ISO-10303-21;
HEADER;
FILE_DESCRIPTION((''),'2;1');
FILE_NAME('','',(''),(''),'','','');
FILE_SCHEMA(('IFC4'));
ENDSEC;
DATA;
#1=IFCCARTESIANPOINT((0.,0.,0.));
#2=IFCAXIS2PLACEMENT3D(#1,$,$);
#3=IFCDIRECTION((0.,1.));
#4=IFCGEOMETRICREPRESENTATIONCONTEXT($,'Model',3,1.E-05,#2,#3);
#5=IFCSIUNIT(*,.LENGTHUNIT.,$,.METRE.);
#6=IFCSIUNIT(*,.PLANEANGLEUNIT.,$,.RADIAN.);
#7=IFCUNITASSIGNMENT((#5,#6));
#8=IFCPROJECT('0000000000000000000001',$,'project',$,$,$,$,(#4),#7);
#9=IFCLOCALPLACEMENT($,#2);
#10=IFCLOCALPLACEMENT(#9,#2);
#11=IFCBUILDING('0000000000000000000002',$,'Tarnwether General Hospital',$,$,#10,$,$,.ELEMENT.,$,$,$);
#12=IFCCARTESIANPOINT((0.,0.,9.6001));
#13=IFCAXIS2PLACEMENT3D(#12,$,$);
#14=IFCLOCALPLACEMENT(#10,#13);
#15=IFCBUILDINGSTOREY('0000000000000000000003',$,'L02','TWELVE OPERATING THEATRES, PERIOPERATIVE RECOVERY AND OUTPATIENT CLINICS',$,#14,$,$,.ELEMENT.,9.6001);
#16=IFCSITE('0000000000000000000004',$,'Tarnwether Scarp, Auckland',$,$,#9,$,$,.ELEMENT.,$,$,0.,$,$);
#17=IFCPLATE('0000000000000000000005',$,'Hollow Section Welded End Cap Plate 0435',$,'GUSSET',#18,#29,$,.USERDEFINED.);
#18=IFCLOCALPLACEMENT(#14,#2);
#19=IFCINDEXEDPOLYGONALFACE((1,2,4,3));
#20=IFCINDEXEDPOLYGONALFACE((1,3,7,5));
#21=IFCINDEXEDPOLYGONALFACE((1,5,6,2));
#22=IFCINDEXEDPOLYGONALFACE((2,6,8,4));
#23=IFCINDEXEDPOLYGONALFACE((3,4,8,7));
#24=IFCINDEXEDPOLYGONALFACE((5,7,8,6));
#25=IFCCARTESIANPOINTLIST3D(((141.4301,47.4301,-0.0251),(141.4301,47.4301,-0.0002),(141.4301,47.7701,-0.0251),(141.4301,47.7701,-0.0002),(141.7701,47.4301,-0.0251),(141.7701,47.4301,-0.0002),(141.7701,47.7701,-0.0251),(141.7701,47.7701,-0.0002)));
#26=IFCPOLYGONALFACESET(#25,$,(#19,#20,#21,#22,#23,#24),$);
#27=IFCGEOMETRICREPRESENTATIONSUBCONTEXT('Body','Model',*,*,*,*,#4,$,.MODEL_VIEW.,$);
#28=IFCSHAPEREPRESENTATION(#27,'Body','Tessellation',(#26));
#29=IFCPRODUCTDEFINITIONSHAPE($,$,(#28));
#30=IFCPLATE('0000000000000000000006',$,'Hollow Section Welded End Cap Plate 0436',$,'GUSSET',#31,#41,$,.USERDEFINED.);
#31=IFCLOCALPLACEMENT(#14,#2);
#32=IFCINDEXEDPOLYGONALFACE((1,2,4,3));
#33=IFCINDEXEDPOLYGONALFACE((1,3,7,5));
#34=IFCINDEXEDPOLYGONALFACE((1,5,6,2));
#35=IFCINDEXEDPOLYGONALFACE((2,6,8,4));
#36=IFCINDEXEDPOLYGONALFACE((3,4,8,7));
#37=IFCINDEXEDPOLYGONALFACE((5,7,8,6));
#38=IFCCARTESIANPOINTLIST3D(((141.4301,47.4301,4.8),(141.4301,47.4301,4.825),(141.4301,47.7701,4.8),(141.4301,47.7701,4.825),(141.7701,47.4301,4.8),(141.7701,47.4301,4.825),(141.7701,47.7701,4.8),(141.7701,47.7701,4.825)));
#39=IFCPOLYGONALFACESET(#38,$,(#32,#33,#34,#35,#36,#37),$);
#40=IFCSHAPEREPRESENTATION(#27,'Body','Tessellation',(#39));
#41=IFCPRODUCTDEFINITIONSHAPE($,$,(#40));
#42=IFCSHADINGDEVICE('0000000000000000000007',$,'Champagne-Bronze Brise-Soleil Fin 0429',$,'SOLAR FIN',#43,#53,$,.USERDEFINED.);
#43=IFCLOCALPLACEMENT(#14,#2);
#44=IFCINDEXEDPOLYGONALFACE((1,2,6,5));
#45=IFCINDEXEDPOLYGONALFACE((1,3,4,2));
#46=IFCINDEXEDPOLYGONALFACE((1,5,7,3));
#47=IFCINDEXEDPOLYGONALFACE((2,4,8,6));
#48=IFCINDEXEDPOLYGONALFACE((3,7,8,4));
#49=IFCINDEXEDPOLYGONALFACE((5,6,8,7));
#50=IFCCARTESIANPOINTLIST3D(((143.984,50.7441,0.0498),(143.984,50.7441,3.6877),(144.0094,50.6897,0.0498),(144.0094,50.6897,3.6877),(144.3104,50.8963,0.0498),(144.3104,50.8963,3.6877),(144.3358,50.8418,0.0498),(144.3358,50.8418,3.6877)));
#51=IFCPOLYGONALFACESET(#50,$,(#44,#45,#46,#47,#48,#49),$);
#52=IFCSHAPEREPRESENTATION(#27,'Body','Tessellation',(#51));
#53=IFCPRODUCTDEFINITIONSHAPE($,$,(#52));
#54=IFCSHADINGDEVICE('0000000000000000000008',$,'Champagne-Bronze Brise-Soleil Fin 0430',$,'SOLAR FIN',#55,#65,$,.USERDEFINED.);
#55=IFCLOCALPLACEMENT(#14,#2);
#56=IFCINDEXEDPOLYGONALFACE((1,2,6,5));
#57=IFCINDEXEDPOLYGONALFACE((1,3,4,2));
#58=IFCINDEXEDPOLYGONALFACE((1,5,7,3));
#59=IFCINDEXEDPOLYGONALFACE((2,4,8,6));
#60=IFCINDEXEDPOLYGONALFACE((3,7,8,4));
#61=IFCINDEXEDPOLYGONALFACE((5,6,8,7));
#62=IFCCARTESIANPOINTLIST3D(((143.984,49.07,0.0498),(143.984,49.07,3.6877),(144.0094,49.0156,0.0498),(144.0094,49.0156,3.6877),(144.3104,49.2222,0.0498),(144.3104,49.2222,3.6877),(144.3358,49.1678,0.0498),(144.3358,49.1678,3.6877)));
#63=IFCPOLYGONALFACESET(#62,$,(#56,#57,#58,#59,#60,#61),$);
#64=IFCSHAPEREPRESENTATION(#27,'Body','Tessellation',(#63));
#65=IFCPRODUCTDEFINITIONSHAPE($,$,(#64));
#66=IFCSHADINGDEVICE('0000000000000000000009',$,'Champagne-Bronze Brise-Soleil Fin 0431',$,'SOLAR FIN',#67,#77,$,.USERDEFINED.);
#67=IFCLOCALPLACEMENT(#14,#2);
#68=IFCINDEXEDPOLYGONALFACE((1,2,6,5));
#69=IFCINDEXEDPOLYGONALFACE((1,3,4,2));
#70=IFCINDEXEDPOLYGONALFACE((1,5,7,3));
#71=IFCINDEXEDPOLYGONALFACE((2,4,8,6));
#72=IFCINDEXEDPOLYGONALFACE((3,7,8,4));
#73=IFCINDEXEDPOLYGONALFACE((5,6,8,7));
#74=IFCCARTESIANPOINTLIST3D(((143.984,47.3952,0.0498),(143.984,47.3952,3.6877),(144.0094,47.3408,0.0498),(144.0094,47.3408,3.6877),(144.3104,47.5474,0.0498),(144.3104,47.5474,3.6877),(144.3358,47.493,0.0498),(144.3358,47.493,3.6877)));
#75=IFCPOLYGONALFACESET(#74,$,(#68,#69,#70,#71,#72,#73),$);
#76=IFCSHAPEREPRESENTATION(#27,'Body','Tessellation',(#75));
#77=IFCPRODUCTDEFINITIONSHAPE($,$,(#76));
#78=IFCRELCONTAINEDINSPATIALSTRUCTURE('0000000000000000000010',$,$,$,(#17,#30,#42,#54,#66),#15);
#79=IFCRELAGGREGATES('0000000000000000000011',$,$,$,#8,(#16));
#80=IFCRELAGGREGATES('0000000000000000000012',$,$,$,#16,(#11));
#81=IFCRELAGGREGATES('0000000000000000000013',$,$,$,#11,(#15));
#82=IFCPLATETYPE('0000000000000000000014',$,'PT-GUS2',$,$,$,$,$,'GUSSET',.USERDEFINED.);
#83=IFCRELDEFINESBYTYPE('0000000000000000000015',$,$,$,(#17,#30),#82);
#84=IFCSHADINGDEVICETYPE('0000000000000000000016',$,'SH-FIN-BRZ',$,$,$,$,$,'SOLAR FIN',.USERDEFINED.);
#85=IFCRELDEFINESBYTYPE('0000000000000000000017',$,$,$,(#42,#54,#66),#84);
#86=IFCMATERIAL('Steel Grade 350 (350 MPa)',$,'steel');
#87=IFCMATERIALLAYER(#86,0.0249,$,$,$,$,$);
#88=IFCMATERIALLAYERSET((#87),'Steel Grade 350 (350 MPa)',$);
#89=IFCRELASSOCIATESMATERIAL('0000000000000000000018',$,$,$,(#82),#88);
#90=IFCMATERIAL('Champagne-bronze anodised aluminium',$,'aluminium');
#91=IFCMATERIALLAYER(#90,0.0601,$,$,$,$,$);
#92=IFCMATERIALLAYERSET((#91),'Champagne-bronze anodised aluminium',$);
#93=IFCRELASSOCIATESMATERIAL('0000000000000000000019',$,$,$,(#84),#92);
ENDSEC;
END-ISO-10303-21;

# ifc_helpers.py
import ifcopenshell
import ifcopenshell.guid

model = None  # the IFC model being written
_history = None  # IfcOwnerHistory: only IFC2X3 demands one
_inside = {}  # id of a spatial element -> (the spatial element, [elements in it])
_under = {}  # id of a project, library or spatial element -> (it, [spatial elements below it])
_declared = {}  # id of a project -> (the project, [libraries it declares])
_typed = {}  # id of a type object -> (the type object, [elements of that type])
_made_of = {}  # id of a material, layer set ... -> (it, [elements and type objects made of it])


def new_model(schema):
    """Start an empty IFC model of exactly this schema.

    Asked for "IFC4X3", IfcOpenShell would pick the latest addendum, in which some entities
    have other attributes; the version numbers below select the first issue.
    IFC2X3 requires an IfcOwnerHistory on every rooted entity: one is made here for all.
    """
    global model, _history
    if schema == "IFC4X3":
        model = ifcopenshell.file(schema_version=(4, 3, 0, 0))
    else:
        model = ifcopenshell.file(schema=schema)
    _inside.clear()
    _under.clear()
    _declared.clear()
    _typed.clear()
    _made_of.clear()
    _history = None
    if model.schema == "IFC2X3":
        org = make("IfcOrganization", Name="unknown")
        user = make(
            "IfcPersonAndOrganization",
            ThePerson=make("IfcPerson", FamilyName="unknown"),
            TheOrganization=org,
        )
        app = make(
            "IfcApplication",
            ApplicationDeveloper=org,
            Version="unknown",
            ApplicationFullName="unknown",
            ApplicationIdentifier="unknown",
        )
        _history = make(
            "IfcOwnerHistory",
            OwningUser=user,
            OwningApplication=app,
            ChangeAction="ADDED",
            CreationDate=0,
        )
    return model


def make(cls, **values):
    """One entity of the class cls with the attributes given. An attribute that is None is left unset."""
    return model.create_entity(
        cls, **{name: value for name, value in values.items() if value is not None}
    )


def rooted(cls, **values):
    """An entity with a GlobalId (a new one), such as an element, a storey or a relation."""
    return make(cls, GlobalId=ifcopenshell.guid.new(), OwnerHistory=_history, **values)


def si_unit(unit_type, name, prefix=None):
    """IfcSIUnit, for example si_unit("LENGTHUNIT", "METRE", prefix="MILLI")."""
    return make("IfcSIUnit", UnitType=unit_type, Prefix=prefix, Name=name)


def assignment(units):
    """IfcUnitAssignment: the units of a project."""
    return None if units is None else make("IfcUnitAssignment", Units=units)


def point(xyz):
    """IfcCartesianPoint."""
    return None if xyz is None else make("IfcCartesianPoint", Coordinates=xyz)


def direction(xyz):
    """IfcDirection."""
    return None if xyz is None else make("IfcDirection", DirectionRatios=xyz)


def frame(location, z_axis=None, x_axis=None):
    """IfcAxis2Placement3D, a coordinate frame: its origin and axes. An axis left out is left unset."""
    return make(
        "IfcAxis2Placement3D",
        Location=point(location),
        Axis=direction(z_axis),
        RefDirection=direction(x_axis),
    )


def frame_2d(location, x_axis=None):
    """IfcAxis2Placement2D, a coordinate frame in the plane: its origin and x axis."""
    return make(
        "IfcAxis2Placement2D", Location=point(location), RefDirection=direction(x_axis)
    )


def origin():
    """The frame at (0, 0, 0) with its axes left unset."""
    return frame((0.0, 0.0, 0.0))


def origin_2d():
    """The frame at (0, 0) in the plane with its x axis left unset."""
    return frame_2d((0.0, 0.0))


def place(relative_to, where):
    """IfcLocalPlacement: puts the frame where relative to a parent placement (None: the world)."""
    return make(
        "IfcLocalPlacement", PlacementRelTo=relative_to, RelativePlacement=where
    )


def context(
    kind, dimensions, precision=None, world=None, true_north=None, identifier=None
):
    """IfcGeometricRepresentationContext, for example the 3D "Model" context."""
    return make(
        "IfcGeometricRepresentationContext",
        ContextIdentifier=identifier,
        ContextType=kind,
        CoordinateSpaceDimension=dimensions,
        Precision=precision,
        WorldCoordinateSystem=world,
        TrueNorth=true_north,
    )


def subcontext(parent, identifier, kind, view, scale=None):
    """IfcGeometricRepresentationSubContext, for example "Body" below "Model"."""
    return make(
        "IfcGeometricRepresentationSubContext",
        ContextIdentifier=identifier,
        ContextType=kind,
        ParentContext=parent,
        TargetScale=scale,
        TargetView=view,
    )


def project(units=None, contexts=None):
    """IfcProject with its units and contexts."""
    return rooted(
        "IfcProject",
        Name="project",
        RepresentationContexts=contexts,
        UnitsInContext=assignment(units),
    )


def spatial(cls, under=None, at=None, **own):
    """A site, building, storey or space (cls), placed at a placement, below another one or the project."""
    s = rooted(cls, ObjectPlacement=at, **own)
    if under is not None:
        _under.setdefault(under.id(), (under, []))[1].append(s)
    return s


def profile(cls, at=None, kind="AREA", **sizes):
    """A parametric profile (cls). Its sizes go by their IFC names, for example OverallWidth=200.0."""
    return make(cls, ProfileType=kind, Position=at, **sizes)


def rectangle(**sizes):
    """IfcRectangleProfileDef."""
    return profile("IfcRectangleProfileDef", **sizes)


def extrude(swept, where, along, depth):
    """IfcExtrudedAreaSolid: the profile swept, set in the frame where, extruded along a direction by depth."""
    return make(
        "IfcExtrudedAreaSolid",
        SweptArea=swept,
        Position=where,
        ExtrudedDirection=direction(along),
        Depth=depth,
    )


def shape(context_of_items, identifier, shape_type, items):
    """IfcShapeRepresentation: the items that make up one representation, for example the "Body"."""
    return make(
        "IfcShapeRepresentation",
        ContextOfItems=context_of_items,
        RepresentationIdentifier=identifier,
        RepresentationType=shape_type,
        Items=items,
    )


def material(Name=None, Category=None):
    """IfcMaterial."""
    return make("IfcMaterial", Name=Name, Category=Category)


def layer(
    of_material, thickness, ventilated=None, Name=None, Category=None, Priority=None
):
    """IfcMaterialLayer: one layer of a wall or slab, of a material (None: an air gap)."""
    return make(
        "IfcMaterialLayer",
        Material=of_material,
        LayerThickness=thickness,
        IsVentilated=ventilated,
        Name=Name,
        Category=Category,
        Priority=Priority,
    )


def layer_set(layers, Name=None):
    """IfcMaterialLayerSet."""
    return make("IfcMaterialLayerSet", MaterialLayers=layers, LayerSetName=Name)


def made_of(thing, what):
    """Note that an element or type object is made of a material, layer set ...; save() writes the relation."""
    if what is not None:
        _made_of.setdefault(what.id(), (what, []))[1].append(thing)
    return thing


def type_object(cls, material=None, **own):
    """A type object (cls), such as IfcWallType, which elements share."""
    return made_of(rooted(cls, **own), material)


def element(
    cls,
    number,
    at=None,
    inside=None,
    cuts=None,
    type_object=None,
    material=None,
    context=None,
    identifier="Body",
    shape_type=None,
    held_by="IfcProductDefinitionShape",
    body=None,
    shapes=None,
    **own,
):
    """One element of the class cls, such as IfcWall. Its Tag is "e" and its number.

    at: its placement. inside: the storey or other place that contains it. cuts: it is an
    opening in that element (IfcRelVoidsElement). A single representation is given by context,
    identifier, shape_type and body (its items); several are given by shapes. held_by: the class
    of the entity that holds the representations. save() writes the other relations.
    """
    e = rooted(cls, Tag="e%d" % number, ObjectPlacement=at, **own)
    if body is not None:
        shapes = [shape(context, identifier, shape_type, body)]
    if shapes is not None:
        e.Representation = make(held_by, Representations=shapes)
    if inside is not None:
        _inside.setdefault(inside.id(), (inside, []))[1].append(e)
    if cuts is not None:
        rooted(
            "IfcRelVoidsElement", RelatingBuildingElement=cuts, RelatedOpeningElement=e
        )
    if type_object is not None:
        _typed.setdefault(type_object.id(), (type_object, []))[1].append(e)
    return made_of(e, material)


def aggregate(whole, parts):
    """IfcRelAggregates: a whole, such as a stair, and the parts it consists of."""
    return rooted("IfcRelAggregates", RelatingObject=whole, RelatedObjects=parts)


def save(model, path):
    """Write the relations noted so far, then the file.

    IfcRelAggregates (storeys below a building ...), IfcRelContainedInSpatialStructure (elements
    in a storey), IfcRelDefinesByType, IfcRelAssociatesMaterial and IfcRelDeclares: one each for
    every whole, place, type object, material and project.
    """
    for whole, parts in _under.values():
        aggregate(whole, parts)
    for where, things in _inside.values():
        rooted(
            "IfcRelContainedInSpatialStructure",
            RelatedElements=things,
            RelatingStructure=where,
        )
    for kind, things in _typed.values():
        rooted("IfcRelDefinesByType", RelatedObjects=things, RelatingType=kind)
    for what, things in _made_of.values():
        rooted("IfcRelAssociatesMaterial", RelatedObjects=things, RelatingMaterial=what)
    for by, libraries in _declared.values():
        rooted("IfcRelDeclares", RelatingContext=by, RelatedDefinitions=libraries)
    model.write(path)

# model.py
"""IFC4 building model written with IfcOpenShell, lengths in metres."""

from ifc_helpers import new_model, si_unit, direction, frame, origin, origin_2d, place, context, subcontext, project, spatial, rectangle, extrude, material, layer, layer_set, type_object, element, save


model = new_model("IFC4")

# Units and contexts
model_context = context("Model", 3, precision=1e-05, world=origin(), true_north=direction((0.0, 1.0)))
body_context = subcontext(model_context, "Body", "Model", "MODEL_VIEW")
ifc_project = project(units=[si_unit("LENGTHUNIT", "METRE"), si_unit("PLANEANGLEUNIT", "RADIAN")], contexts=[model_context])

# Site, building, storey
site_placement = place(None, origin())
site = spatial("IfcSite", under=ifc_project, at=site_placement, Name="Tarnwether Scarp, Auckland", CompositionType="ELEMENT", RefElevation=0.0)
building_placement = place(site_placement, origin())
building = spatial("IfcBuilding", under=site, at=building_placement, Name="Tarnwether General Hospital", CompositionType="ELEMENT")
storey_placement = place(building_placement, frame((0.0, 0.0, 9.6001)))
storey = spatial("IfcBuildingStorey", under=building, at=storey_placement, Name="L02", Description="TWELVE OPERATING THEATRES, PERIOPERATIVE RECOVERY AND OUTPATIENT CLINICS", CompositionType="ELEMENT", Elevation=9.6001)

# Plates
ifc_material_1 = material(Name="Steel Grade 350 (350 MPa)", Category="steel")
ifc_layer_1 = layer(ifc_material_1, 0.0249)
ifc_layer_set_1 = layer_set([ifc_layer_1], Name="Steel Grade 350 (350 MPa)")
plate_type_1 = type_object("IfcPlateType", Name="PT-GUS2", ElementType="GUSSET", PredefinedType="USERDEFINED", material=ifc_layer_set_1)
for number, where, z_axis, x_axis, name in (
    (1, (141.6001, 47.6001, -0.0251), (0.0, 0.0, 1.0), (1.0, 0.0, 0.0), "Hollow Section Welded End Cap Plate 0435"),
    (2, (141.6001, 47.6001, 4.8), (0.0, 0.0, 1.0), (1.0, 0.0, 0.0), "Hollow Section Welded End Cap Plate 0436"),
):
    element("IfcPlate", number, at=place(storey_placement, frame(where, z_axis=z_axis, x_axis=x_axis)), inside=storey, type_object=plate_type_1, Name=name, ObjectType="GUSSET", PredefinedType="USERDEFINED", context=body_context, shape_type="SweptSolid", body=[
        extrude(rectangle(XDim=0.3401, YDim=0.3401, at=origin_2d()), origin(), (0.0, 0.0, 1.0), 0.0249),
    ])

# Shading devices
ifc_material_2 = material(Name="Champagne-bronze anodised aluminium", Category="aluminium")
ifc_layer_2 = layer(ifc_material_2, 0.0601)
ifc_layer_set_2 = layer_set([ifc_layer_2], Name="Champagne-bronze anodised aluminium")
shading_device_type = type_object("IfcShadingDeviceType", Name="SH-FIN-BRZ", ElementType="SOLAR FIN", PredefinedType="USERDEFINED", material=ifc_layer_set_2)
for number, where, z_axis, x_axis, name in (
    (3, (144.1599, 50.793, 0.0498), (0.0, 0.0, 1.0), (0.422618, -0.906308, 0.0), "Champagne-Bronze Brise-Soleil Fin 0429"),
    (4, (144.1599, 49.1189, 0.0498), (0.0, 0.0, 1.0), (0.422618, -0.906308, 0.0), "Champagne-Bronze Brise-Soleil Fin 0430"),
    (5, (144.1599, 47.4441, 0.0498), (0.0, 0.0, 1.0), (0.422618, -0.906308, 0.0), "Champagne-Bronze Brise-Soleil Fin 0431"),
):
    element("IfcShadingDevice", number, at=place(storey_placement, frame(where, z_axis=z_axis, x_axis=x_axis)), inside=storey, type_object=shading_device_type, Name=name, ObjectType="SOLAR FIN", PredefinedType="USERDEFINED", context=body_context, shape_type="SweptSolid", body=[
        extrude(rectangle(XDim=0.0601, YDim=0.3601, at=origin_2d()), origin(), (0.0, 0.0, 1.0), 3.6379),
    ])

save(model, "model.ifc")
